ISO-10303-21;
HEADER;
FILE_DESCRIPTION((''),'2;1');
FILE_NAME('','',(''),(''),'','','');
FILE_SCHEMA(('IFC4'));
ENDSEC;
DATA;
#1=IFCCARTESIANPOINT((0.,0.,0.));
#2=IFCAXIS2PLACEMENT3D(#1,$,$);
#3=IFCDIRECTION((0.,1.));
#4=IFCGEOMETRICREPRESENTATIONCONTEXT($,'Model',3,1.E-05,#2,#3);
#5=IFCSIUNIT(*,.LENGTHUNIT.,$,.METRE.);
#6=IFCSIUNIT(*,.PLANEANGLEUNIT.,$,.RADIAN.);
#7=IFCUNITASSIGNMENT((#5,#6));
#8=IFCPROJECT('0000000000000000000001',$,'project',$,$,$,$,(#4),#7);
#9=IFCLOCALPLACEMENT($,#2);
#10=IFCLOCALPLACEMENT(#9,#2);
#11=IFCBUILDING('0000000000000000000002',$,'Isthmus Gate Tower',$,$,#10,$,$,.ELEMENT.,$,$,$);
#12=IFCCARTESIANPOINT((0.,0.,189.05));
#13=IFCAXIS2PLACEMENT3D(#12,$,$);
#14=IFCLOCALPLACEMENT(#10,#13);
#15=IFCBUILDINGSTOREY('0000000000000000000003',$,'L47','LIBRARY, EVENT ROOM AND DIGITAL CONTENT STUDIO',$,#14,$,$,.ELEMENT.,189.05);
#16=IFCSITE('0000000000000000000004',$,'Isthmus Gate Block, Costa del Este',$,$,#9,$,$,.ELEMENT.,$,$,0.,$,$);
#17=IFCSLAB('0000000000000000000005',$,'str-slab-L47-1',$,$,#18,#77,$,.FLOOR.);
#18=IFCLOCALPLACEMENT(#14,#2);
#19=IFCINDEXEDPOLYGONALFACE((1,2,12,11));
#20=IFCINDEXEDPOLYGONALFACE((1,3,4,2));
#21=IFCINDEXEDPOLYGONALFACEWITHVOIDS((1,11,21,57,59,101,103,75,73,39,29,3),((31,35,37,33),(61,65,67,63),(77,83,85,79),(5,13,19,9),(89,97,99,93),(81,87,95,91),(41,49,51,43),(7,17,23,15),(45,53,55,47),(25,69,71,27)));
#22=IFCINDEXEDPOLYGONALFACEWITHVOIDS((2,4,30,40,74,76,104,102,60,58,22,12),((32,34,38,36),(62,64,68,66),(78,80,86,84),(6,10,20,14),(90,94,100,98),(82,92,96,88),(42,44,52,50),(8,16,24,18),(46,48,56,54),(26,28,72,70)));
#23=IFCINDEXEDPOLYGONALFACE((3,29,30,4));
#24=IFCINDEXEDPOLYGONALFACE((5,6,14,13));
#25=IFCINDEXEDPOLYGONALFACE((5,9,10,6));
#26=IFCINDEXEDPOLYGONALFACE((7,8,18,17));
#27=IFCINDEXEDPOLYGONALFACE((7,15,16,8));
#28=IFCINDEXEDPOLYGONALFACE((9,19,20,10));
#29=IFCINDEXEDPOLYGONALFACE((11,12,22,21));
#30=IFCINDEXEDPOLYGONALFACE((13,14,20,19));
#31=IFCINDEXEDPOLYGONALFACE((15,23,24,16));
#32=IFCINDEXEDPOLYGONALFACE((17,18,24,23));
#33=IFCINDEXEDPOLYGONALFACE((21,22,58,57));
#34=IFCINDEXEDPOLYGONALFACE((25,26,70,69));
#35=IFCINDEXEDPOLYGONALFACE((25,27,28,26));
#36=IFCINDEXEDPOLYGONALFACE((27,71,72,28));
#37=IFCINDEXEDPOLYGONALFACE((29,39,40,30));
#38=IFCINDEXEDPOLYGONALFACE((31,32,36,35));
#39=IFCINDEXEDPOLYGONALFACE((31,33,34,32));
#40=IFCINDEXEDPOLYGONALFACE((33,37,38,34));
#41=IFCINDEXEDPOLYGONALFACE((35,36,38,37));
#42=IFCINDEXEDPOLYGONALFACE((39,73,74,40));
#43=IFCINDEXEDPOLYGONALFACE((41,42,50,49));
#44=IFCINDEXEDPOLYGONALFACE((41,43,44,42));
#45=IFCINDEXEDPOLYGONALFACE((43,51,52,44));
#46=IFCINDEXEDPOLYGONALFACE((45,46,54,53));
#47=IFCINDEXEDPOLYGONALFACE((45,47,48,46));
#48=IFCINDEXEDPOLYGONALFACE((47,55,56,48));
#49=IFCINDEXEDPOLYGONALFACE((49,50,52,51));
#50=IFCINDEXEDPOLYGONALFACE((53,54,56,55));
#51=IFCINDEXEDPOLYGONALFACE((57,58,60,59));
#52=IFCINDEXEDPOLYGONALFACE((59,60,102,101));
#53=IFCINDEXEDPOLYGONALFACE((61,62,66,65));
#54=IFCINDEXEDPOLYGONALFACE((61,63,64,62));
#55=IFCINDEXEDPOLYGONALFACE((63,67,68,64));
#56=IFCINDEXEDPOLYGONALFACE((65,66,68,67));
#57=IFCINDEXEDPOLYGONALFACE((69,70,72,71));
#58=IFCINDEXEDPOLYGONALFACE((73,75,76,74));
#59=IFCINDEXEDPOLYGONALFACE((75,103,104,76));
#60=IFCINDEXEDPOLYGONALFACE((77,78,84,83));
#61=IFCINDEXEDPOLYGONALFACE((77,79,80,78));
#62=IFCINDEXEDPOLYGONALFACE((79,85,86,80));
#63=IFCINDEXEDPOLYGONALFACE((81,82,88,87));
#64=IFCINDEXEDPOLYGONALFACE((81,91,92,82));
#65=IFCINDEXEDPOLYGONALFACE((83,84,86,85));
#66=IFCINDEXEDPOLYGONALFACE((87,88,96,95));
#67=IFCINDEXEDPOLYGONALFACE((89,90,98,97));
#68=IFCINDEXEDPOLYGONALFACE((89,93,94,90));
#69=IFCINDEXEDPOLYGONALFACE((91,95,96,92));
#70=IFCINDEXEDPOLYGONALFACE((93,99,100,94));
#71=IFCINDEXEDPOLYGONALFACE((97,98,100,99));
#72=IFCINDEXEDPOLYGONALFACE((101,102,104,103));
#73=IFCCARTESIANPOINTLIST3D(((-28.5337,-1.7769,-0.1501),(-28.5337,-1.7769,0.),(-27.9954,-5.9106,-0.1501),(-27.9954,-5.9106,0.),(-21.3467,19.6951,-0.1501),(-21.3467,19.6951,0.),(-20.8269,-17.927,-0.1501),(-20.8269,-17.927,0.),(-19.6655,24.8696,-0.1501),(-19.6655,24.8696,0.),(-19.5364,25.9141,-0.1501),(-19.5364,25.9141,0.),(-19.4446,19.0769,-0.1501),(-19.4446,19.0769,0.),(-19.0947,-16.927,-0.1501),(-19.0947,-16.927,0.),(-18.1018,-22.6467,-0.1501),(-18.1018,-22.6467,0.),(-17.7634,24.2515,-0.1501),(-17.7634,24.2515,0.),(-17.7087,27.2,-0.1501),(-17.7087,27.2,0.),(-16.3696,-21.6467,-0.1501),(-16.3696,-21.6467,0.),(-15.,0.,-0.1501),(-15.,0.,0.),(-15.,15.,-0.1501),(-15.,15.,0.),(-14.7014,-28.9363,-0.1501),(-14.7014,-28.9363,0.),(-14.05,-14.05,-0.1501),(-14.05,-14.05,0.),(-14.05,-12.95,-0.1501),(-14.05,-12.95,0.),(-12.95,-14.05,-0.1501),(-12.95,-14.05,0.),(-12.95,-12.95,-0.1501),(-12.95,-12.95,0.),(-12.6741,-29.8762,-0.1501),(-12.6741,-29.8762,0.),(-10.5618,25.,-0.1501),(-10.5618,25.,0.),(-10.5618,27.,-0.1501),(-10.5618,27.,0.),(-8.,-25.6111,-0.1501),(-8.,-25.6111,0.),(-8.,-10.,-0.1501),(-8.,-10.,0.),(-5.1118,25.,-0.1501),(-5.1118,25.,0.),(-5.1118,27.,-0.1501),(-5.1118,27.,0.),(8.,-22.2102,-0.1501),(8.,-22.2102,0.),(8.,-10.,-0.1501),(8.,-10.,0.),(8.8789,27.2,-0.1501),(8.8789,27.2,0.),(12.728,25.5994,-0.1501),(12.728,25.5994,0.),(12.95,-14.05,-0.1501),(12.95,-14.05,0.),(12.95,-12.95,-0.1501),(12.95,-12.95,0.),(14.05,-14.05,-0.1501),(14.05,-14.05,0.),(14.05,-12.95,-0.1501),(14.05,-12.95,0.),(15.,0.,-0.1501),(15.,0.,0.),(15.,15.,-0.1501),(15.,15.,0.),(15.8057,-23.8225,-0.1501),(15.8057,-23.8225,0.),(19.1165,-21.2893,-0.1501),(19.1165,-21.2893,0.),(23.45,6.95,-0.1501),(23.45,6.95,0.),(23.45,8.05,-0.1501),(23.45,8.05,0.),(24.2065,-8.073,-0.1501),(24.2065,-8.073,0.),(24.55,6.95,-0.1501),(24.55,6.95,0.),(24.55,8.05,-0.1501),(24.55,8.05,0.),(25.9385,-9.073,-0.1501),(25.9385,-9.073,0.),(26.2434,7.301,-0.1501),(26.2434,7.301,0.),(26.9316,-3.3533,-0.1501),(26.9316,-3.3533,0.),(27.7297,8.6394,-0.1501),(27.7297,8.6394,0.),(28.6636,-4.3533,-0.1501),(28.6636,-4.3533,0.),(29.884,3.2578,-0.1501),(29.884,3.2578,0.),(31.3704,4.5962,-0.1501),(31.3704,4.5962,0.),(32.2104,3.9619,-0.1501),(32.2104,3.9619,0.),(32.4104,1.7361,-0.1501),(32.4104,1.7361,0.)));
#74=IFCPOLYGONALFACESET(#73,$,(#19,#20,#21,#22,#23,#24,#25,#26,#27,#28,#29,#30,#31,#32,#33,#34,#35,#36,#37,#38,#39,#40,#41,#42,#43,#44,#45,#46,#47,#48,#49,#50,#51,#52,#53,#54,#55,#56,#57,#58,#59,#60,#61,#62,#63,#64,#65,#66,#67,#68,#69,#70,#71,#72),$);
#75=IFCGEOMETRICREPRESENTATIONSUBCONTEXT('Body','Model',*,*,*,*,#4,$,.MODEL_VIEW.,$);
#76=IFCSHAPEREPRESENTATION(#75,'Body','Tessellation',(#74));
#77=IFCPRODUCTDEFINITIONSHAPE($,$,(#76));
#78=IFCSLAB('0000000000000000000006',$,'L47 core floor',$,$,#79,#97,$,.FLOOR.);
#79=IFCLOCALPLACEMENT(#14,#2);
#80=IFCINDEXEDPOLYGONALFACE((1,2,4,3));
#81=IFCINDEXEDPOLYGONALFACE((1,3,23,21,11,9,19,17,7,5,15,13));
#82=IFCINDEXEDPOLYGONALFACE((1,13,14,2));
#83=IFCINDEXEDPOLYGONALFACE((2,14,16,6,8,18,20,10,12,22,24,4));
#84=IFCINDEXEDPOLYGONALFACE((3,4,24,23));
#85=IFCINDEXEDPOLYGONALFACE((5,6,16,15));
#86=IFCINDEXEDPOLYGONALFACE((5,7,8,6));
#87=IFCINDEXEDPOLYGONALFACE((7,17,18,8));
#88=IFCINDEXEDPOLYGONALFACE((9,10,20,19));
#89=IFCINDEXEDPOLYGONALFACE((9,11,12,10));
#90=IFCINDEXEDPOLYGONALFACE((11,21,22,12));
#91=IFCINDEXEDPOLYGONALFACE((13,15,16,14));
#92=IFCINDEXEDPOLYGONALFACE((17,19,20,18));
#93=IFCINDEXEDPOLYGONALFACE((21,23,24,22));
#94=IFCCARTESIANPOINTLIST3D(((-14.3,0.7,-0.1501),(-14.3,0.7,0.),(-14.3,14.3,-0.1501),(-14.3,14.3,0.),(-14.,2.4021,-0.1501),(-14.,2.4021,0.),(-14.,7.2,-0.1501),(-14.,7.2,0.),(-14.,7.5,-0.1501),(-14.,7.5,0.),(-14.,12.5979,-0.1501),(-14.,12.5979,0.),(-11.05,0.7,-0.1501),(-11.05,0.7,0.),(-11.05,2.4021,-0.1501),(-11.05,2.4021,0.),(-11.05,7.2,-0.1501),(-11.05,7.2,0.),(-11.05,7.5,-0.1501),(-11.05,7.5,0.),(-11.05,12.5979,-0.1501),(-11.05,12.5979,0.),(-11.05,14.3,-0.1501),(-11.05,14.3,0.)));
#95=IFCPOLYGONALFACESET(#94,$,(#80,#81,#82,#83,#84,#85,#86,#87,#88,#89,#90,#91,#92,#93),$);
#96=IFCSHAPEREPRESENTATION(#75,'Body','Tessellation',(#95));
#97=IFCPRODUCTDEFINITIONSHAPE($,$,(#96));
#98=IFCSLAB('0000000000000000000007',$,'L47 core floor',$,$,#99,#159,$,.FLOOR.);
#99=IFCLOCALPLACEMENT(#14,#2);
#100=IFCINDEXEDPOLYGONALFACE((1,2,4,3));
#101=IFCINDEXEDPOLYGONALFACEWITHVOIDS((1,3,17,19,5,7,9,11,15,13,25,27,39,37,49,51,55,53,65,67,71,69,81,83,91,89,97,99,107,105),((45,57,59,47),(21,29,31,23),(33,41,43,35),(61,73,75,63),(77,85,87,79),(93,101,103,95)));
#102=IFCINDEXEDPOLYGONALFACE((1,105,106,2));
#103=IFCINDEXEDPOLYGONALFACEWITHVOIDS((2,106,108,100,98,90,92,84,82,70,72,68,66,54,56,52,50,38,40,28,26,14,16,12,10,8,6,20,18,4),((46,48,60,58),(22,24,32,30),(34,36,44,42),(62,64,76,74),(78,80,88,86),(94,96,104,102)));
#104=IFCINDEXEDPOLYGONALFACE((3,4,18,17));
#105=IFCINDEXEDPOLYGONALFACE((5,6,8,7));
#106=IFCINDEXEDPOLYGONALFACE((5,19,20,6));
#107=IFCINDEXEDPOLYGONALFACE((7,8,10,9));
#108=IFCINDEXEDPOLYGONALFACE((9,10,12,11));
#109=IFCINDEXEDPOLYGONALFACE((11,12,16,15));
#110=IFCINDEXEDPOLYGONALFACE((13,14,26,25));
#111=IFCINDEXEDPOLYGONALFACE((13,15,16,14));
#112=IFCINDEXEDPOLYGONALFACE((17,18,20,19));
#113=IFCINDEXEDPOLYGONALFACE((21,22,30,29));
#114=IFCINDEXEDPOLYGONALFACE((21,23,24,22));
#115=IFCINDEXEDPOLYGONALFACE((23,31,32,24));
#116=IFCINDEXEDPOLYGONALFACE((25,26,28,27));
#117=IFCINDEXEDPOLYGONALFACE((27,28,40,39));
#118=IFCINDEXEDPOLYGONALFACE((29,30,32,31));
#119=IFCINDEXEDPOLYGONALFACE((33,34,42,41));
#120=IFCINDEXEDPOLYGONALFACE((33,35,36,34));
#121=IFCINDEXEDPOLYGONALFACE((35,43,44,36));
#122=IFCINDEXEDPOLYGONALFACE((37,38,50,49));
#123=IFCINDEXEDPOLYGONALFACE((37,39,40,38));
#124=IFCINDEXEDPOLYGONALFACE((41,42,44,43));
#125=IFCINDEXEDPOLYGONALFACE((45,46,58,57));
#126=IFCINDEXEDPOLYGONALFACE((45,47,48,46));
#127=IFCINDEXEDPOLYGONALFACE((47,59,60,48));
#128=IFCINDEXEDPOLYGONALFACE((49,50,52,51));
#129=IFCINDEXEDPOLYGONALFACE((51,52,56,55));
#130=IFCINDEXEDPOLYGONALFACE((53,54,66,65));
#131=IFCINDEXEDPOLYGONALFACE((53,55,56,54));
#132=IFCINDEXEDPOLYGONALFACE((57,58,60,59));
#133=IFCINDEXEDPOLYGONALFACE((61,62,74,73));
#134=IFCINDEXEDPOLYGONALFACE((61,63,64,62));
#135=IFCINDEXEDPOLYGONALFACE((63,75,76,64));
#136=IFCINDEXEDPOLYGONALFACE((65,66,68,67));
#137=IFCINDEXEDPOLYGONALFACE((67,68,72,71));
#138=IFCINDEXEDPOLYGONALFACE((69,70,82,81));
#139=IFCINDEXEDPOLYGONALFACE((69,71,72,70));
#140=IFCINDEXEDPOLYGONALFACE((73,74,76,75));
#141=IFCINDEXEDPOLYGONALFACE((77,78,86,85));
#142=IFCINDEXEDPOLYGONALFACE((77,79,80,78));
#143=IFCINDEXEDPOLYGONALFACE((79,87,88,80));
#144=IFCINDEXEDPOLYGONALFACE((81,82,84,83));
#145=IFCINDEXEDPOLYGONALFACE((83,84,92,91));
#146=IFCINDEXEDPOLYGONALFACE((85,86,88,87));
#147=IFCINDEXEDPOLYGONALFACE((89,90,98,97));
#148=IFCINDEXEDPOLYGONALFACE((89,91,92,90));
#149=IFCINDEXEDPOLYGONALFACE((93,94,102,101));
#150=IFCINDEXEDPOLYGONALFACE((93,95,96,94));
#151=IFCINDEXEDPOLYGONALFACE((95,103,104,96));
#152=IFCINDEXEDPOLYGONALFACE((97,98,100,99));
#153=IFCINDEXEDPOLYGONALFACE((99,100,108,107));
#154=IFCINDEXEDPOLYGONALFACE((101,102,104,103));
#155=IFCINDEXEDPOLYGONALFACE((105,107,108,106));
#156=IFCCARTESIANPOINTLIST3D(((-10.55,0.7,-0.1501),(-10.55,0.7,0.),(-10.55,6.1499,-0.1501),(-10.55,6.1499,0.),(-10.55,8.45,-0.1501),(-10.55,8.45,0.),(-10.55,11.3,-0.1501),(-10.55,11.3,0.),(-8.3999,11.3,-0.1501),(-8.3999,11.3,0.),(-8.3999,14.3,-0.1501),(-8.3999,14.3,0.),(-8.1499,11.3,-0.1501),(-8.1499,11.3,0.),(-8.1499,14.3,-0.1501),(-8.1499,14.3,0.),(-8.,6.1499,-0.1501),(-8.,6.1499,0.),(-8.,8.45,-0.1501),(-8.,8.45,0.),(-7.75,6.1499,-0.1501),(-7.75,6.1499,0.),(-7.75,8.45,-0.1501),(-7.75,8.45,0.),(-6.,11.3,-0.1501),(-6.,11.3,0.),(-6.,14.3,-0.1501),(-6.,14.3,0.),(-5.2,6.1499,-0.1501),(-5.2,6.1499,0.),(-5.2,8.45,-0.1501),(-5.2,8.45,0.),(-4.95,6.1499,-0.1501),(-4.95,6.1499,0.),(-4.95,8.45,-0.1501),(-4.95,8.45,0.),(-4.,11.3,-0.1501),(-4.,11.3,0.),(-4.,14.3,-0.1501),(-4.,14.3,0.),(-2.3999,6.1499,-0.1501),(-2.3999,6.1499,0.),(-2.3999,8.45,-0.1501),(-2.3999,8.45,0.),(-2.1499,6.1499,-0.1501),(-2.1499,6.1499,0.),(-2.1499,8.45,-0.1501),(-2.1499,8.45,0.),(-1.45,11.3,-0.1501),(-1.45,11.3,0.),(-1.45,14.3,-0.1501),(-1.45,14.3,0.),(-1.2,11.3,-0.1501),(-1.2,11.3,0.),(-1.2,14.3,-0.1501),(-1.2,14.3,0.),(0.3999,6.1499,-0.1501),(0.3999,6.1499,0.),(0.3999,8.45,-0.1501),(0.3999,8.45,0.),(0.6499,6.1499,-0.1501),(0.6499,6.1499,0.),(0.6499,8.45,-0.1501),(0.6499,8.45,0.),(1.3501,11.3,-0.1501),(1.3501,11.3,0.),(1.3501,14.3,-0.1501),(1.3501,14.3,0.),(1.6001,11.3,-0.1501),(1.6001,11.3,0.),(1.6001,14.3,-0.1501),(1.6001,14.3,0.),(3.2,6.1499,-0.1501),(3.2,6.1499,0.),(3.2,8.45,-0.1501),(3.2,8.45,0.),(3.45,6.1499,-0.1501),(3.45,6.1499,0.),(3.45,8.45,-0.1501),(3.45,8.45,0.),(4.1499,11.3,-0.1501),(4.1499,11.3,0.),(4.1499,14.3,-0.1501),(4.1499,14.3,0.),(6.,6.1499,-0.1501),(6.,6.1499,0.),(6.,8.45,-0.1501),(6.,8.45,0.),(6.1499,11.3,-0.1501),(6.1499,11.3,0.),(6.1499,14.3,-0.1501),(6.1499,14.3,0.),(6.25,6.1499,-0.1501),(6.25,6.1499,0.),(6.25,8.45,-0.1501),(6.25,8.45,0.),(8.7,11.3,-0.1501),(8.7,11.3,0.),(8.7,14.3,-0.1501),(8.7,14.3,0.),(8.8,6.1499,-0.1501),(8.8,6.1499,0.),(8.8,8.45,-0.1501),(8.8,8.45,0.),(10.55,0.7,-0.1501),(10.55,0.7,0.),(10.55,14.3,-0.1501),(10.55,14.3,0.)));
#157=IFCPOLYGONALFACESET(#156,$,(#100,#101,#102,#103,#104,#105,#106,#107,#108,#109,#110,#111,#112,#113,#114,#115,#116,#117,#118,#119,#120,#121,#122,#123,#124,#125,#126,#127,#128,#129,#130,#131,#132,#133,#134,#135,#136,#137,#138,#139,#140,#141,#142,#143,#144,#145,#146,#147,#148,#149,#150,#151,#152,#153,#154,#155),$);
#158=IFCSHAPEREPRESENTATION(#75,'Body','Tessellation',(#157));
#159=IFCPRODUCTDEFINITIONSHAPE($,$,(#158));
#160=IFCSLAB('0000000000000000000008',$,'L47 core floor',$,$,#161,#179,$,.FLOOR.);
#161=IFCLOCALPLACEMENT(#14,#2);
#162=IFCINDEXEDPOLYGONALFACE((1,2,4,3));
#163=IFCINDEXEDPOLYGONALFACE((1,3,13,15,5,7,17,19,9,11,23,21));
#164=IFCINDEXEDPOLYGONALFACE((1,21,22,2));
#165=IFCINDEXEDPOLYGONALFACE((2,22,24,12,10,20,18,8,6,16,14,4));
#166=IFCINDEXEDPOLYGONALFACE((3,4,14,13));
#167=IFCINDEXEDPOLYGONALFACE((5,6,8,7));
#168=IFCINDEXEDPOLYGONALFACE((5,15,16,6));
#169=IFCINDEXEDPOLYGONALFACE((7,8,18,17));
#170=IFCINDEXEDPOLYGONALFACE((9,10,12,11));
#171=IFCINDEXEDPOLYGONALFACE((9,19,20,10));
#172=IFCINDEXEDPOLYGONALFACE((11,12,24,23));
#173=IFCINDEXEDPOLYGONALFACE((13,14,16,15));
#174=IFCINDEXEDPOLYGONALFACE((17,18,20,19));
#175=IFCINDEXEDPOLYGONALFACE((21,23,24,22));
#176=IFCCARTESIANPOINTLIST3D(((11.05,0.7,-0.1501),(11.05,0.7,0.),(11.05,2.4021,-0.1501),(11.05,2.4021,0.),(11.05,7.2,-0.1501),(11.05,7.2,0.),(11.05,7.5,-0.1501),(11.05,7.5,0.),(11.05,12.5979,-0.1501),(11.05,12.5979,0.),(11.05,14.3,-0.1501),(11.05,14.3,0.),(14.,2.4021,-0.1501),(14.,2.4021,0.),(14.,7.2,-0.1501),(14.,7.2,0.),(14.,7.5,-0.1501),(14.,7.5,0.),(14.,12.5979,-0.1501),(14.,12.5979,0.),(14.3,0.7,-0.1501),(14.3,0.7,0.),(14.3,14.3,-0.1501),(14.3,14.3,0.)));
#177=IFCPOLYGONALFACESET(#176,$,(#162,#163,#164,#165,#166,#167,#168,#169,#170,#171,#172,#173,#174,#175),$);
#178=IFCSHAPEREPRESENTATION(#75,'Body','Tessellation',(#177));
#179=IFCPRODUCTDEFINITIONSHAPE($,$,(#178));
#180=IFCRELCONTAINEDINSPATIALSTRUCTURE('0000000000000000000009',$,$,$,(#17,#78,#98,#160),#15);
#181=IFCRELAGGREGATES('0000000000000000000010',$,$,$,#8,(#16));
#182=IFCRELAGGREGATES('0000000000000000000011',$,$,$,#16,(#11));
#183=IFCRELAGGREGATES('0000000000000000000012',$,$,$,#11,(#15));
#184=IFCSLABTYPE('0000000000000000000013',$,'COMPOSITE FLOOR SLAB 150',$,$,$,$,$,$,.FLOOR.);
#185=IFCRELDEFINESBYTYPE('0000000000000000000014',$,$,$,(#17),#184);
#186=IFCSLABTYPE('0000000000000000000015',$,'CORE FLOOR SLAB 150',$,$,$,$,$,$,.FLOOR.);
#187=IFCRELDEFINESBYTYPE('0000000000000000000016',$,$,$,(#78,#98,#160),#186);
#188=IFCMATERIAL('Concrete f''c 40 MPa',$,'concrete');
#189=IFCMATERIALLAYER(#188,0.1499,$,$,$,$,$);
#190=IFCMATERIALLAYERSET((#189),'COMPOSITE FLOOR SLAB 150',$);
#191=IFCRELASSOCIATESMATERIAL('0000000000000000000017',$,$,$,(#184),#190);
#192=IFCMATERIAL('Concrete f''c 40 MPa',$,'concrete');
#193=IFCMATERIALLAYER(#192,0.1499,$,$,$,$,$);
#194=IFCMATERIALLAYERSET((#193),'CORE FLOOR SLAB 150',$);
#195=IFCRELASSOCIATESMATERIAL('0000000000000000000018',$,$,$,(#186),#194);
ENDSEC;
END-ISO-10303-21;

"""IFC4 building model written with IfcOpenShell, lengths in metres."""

from ifc_helpers import new_model, si_unit, direction, frame, origin, place, context, subcontext, project, spatial, polyline, outline, extrude, material, layer, layer_set, type_object, element, save


model = new_model("IFC4")

# Units and contexts
model_context = context("Model", 3, precision=1e-05, world=origin(), true_north=direction((0.0, 1.0)))
body_context = subcontext(model_context, "Body", "Model", "MODEL_VIEW")
ifc_project = project(units=[si_unit("LENGTHUNIT", "METRE"), si_unit("PLANEANGLEUNIT", "RADIAN")], contexts=[model_context])

# Site, building, storey
site_placement = place(None, origin())
site = spatial("IfcSite", under=ifc_project, at=site_placement, Name="Isthmus Gate Block, Costa del Este", CompositionType="ELEMENT", RefElevation=0.0)
building_placement = place(site_placement, origin())
building = spatial("IfcBuilding", under=site, at=building_placement, Name="Isthmus Gate Tower", CompositionType="ELEMENT")
storey_placement = place(building_placement, frame((0.0, 0.0, 189.05)))
storey = spatial("IfcBuildingStorey", under=building, at=storey_placement, Name="L47", Description="LIBRARY, EVENT ROOM AND DIGITAL CONTENT STUDIO", CompositionType="ELEMENT", Elevation=189.05)

# Slabs
ifc_material_1 = material(Name="Concrete f'c 40 MPa", Category="concrete")
ifc_layer_1 = layer(ifc_material_1, 0.1499)
ifc_layer_set_1 = layer_set([ifc_layer_1], Name="COMPOSITE FLOOR SLAB 150")
slab_type_1 = type_object("IfcSlabType", Name="COMPOSITE FLOOR SLAB 150", PredefinedType="FLOOR", material=ifc_layer_set_1)
slab_1_placement = place(storey_placement, frame((0.0, 0.0, -0.1501)))
element("IfcSlab", 1, at=slab_1_placement, inside=storey, type_object=slab_type_1, Name="str-slab-L47-1", PredefinedType="FLOOR", context=body_context, shape_type="SweptSolid", body=[
    extrude(outline(polyline([(12.728, 25.5994), (32.2104, 3.9619), (32.4104, 1.7361), (19.1165, -21.2893), (15.8057, -23.8225), (-12.6741, -29.8762), (-14.7014, -28.9363), (-27.9954, -5.9106), (-28.5337, -1.7769), (-19.5364, 25.9141), (-17.7087, 27.2), (8.8789, 27.2), (12.728, 25.5994)]), holes=[polyline([(-16.3696, -21.6467), (-19.0947, -16.927), (-20.8269, -17.927), (-18.1018, -22.6467), (-16.3696, -21.6467)]), polyline([(8.0, -10.0), (-8.0, -10.0), (-8.0, -25.6111), (8.0, -22.2102), (8.0, -10.0)]), polyline([(-12.95, -12.95), (-14.05, -12.95), (-14.05, -14.05), (-12.95, -14.05), (-12.95, -12.95)]), polyline([(12.95, -14.05), (14.05, -14.05), (14.05, -12.95), (12.95, -12.95), (12.95, -14.05)]), polyline([(28.6636, -4.3533), (26.9316, -3.3533), (24.2065, -8.073), (25.9385, -9.073), (28.6636, -4.3533)]), polyline([(26.2434, 7.301), (29.884, 3.2578), (31.3704, 4.5962), (27.7297, 8.6394), (26.2434, 7.301)]), polyline([(-15.0, 15.0), (-15.0, 0.0), (15.0, 0.0), (15.0, 15.0), (-15.0, 15.0)]), polyline([(24.55, 6.95), (24.55, 8.05), (23.45, 8.05), (23.45, 6.95), (24.55, 6.95)]), polyline([(-21.3467, 19.6951), (-19.4446, 19.0769), (-17.7634, 24.2515), (-19.6655, 24.8696), (-21.3467, 19.6951)]), polyline([(-10.5618, 27.0), (-10.5618, 25.0), (-5.1118, 25.0), (-5.1118, 27.0), (-10.5618, 27.0)])]), origin(), (0.0, 0.0, 1.0), 0.1501),
])
ifc_material_2 = material(Name="Concrete f'c 40 MPa", Category="concrete")
ifc_layer_2 = layer(ifc_material_2, 0.1499)
ifc_layer_set_2 = layer_set([ifc_layer_2], Name="CORE FLOOR SLAB 150")
slab_type_2 = type_object("IfcSlabType", Name="CORE FLOOR SLAB 150", PredefinedType="FLOOR", material=ifc_layer_set_2)
slab_2_placement = place(storey_placement, frame((0.0, 0.0, -0.1501)))
element("IfcSlab", 2, at=slab_2_placement, inside=storey, type_object=slab_type_2, Name="L47 core floor", PredefinedType="FLOOR", context=body_context, shape_type="SweptSolid", body=[
    extrude(outline(polyline([(-11.05, 0.7), (-11.05, 2.4021), (-14.0, 2.4021), (-14.0, 7.2), (-11.05, 7.2), (-11.05, 7.5), (-14.0, 7.5), (-14.0, 12.5979), (-11.05, 12.5979), (-11.05, 14.3), (-14.3, 14.3), (-14.3, 0.7), (-11.05, 0.7)])), origin(), (0.0, 0.0, 1.0), 0.1501),
])
slab_3_placement = place(storey_placement, frame((0.0, 0.0, -0.1501)))
element("IfcSlab", 3, at=slab_3_placement, inside=storey, type_object=slab_type_2, Name="L47 core floor", PredefinedType="FLOOR", context=body_context, shape_type="SweptSolid", body=[
    extrude(outline(polyline([(10.55, 14.3), (8.7, 14.3), (8.7, 11.3), (6.1499, 11.3), (6.1499, 14.3), (4.1499, 14.3), (4.1499, 11.3), (1.6001, 11.3), (1.6001, 14.3), (1.3501, 14.3), (1.3501, 11.3), (-1.2, 11.3), (-1.2, 14.3), (-1.45, 14.3), (-1.45, 11.3), (-4.0, 11.3), (-4.0, 14.3), (-6.0, 14.3), (-6.0, 11.3), (-8.1499, 11.3), (-8.1499, 14.3), (-8.3999, 14.3), (-8.3999, 11.3), (-10.55, 11.3), (-10.55, 8.45), (-8.0, 8.45), (-8.0, 6.1499), (-10.55, 6.1499), (-10.55, 0.7), (10.55, 0.7), (10.55, 14.3)]), holes=[polyline([(-5.2, 8.45), (-5.2, 6.1499), (-7.75, 6.1499), (-7.75, 8.45), (-5.2, 8.45)]), polyline([(-2.3999, 8.45), (-2.3999, 6.1499), (-4.95, 6.1499), (-4.95, 8.45), (-2.3999, 8.45)]), polyline([(0.3999, 8.45), (0.3999, 6.1499), (-2.1499, 6.1499), (-2.1499, 8.45), (0.3999, 8.45)]), polyline([(3.2, 8.45), (3.2, 6.1499), (0.6499, 6.1499), (0.6499, 8.45), (3.2, 8.45)]), polyline([(6.0, 8.45), (6.0, 6.1499), (3.45, 6.1499), (3.45, 8.45), (6.0, 8.45)]), polyline([(8.8, 8.45), (8.8, 6.1499), (6.25, 6.1499), (6.25, 8.45), (8.8, 8.45)])]), origin(), (0.0, 0.0, 1.0), 0.1501),
])
slab_4_placement = place(storey_placement, frame((0.0, 0.0, -0.1501)))
element("IfcSlab", 4, at=slab_4_placement, inside=storey, type_object=slab_type_2, Name="L47 core floor", PredefinedType="FLOOR", context=body_context, shape_type="SweptSolid", body=[
    extrude(outline(polyline([(11.05, 14.3), (11.05, 12.5979), (14.0, 12.5979), (14.0, 7.5), (11.05, 7.5), (11.05, 7.2), (14.0, 7.2), (14.0, 2.4021), (11.05, 2.4021), (11.05, 0.7), (14.3, 0.7), (14.3, 14.3), (11.05, 14.3)])), origin(), (0.0, 0.0, 1.0), 0.1501),
])

save(model, "model.ifc")
